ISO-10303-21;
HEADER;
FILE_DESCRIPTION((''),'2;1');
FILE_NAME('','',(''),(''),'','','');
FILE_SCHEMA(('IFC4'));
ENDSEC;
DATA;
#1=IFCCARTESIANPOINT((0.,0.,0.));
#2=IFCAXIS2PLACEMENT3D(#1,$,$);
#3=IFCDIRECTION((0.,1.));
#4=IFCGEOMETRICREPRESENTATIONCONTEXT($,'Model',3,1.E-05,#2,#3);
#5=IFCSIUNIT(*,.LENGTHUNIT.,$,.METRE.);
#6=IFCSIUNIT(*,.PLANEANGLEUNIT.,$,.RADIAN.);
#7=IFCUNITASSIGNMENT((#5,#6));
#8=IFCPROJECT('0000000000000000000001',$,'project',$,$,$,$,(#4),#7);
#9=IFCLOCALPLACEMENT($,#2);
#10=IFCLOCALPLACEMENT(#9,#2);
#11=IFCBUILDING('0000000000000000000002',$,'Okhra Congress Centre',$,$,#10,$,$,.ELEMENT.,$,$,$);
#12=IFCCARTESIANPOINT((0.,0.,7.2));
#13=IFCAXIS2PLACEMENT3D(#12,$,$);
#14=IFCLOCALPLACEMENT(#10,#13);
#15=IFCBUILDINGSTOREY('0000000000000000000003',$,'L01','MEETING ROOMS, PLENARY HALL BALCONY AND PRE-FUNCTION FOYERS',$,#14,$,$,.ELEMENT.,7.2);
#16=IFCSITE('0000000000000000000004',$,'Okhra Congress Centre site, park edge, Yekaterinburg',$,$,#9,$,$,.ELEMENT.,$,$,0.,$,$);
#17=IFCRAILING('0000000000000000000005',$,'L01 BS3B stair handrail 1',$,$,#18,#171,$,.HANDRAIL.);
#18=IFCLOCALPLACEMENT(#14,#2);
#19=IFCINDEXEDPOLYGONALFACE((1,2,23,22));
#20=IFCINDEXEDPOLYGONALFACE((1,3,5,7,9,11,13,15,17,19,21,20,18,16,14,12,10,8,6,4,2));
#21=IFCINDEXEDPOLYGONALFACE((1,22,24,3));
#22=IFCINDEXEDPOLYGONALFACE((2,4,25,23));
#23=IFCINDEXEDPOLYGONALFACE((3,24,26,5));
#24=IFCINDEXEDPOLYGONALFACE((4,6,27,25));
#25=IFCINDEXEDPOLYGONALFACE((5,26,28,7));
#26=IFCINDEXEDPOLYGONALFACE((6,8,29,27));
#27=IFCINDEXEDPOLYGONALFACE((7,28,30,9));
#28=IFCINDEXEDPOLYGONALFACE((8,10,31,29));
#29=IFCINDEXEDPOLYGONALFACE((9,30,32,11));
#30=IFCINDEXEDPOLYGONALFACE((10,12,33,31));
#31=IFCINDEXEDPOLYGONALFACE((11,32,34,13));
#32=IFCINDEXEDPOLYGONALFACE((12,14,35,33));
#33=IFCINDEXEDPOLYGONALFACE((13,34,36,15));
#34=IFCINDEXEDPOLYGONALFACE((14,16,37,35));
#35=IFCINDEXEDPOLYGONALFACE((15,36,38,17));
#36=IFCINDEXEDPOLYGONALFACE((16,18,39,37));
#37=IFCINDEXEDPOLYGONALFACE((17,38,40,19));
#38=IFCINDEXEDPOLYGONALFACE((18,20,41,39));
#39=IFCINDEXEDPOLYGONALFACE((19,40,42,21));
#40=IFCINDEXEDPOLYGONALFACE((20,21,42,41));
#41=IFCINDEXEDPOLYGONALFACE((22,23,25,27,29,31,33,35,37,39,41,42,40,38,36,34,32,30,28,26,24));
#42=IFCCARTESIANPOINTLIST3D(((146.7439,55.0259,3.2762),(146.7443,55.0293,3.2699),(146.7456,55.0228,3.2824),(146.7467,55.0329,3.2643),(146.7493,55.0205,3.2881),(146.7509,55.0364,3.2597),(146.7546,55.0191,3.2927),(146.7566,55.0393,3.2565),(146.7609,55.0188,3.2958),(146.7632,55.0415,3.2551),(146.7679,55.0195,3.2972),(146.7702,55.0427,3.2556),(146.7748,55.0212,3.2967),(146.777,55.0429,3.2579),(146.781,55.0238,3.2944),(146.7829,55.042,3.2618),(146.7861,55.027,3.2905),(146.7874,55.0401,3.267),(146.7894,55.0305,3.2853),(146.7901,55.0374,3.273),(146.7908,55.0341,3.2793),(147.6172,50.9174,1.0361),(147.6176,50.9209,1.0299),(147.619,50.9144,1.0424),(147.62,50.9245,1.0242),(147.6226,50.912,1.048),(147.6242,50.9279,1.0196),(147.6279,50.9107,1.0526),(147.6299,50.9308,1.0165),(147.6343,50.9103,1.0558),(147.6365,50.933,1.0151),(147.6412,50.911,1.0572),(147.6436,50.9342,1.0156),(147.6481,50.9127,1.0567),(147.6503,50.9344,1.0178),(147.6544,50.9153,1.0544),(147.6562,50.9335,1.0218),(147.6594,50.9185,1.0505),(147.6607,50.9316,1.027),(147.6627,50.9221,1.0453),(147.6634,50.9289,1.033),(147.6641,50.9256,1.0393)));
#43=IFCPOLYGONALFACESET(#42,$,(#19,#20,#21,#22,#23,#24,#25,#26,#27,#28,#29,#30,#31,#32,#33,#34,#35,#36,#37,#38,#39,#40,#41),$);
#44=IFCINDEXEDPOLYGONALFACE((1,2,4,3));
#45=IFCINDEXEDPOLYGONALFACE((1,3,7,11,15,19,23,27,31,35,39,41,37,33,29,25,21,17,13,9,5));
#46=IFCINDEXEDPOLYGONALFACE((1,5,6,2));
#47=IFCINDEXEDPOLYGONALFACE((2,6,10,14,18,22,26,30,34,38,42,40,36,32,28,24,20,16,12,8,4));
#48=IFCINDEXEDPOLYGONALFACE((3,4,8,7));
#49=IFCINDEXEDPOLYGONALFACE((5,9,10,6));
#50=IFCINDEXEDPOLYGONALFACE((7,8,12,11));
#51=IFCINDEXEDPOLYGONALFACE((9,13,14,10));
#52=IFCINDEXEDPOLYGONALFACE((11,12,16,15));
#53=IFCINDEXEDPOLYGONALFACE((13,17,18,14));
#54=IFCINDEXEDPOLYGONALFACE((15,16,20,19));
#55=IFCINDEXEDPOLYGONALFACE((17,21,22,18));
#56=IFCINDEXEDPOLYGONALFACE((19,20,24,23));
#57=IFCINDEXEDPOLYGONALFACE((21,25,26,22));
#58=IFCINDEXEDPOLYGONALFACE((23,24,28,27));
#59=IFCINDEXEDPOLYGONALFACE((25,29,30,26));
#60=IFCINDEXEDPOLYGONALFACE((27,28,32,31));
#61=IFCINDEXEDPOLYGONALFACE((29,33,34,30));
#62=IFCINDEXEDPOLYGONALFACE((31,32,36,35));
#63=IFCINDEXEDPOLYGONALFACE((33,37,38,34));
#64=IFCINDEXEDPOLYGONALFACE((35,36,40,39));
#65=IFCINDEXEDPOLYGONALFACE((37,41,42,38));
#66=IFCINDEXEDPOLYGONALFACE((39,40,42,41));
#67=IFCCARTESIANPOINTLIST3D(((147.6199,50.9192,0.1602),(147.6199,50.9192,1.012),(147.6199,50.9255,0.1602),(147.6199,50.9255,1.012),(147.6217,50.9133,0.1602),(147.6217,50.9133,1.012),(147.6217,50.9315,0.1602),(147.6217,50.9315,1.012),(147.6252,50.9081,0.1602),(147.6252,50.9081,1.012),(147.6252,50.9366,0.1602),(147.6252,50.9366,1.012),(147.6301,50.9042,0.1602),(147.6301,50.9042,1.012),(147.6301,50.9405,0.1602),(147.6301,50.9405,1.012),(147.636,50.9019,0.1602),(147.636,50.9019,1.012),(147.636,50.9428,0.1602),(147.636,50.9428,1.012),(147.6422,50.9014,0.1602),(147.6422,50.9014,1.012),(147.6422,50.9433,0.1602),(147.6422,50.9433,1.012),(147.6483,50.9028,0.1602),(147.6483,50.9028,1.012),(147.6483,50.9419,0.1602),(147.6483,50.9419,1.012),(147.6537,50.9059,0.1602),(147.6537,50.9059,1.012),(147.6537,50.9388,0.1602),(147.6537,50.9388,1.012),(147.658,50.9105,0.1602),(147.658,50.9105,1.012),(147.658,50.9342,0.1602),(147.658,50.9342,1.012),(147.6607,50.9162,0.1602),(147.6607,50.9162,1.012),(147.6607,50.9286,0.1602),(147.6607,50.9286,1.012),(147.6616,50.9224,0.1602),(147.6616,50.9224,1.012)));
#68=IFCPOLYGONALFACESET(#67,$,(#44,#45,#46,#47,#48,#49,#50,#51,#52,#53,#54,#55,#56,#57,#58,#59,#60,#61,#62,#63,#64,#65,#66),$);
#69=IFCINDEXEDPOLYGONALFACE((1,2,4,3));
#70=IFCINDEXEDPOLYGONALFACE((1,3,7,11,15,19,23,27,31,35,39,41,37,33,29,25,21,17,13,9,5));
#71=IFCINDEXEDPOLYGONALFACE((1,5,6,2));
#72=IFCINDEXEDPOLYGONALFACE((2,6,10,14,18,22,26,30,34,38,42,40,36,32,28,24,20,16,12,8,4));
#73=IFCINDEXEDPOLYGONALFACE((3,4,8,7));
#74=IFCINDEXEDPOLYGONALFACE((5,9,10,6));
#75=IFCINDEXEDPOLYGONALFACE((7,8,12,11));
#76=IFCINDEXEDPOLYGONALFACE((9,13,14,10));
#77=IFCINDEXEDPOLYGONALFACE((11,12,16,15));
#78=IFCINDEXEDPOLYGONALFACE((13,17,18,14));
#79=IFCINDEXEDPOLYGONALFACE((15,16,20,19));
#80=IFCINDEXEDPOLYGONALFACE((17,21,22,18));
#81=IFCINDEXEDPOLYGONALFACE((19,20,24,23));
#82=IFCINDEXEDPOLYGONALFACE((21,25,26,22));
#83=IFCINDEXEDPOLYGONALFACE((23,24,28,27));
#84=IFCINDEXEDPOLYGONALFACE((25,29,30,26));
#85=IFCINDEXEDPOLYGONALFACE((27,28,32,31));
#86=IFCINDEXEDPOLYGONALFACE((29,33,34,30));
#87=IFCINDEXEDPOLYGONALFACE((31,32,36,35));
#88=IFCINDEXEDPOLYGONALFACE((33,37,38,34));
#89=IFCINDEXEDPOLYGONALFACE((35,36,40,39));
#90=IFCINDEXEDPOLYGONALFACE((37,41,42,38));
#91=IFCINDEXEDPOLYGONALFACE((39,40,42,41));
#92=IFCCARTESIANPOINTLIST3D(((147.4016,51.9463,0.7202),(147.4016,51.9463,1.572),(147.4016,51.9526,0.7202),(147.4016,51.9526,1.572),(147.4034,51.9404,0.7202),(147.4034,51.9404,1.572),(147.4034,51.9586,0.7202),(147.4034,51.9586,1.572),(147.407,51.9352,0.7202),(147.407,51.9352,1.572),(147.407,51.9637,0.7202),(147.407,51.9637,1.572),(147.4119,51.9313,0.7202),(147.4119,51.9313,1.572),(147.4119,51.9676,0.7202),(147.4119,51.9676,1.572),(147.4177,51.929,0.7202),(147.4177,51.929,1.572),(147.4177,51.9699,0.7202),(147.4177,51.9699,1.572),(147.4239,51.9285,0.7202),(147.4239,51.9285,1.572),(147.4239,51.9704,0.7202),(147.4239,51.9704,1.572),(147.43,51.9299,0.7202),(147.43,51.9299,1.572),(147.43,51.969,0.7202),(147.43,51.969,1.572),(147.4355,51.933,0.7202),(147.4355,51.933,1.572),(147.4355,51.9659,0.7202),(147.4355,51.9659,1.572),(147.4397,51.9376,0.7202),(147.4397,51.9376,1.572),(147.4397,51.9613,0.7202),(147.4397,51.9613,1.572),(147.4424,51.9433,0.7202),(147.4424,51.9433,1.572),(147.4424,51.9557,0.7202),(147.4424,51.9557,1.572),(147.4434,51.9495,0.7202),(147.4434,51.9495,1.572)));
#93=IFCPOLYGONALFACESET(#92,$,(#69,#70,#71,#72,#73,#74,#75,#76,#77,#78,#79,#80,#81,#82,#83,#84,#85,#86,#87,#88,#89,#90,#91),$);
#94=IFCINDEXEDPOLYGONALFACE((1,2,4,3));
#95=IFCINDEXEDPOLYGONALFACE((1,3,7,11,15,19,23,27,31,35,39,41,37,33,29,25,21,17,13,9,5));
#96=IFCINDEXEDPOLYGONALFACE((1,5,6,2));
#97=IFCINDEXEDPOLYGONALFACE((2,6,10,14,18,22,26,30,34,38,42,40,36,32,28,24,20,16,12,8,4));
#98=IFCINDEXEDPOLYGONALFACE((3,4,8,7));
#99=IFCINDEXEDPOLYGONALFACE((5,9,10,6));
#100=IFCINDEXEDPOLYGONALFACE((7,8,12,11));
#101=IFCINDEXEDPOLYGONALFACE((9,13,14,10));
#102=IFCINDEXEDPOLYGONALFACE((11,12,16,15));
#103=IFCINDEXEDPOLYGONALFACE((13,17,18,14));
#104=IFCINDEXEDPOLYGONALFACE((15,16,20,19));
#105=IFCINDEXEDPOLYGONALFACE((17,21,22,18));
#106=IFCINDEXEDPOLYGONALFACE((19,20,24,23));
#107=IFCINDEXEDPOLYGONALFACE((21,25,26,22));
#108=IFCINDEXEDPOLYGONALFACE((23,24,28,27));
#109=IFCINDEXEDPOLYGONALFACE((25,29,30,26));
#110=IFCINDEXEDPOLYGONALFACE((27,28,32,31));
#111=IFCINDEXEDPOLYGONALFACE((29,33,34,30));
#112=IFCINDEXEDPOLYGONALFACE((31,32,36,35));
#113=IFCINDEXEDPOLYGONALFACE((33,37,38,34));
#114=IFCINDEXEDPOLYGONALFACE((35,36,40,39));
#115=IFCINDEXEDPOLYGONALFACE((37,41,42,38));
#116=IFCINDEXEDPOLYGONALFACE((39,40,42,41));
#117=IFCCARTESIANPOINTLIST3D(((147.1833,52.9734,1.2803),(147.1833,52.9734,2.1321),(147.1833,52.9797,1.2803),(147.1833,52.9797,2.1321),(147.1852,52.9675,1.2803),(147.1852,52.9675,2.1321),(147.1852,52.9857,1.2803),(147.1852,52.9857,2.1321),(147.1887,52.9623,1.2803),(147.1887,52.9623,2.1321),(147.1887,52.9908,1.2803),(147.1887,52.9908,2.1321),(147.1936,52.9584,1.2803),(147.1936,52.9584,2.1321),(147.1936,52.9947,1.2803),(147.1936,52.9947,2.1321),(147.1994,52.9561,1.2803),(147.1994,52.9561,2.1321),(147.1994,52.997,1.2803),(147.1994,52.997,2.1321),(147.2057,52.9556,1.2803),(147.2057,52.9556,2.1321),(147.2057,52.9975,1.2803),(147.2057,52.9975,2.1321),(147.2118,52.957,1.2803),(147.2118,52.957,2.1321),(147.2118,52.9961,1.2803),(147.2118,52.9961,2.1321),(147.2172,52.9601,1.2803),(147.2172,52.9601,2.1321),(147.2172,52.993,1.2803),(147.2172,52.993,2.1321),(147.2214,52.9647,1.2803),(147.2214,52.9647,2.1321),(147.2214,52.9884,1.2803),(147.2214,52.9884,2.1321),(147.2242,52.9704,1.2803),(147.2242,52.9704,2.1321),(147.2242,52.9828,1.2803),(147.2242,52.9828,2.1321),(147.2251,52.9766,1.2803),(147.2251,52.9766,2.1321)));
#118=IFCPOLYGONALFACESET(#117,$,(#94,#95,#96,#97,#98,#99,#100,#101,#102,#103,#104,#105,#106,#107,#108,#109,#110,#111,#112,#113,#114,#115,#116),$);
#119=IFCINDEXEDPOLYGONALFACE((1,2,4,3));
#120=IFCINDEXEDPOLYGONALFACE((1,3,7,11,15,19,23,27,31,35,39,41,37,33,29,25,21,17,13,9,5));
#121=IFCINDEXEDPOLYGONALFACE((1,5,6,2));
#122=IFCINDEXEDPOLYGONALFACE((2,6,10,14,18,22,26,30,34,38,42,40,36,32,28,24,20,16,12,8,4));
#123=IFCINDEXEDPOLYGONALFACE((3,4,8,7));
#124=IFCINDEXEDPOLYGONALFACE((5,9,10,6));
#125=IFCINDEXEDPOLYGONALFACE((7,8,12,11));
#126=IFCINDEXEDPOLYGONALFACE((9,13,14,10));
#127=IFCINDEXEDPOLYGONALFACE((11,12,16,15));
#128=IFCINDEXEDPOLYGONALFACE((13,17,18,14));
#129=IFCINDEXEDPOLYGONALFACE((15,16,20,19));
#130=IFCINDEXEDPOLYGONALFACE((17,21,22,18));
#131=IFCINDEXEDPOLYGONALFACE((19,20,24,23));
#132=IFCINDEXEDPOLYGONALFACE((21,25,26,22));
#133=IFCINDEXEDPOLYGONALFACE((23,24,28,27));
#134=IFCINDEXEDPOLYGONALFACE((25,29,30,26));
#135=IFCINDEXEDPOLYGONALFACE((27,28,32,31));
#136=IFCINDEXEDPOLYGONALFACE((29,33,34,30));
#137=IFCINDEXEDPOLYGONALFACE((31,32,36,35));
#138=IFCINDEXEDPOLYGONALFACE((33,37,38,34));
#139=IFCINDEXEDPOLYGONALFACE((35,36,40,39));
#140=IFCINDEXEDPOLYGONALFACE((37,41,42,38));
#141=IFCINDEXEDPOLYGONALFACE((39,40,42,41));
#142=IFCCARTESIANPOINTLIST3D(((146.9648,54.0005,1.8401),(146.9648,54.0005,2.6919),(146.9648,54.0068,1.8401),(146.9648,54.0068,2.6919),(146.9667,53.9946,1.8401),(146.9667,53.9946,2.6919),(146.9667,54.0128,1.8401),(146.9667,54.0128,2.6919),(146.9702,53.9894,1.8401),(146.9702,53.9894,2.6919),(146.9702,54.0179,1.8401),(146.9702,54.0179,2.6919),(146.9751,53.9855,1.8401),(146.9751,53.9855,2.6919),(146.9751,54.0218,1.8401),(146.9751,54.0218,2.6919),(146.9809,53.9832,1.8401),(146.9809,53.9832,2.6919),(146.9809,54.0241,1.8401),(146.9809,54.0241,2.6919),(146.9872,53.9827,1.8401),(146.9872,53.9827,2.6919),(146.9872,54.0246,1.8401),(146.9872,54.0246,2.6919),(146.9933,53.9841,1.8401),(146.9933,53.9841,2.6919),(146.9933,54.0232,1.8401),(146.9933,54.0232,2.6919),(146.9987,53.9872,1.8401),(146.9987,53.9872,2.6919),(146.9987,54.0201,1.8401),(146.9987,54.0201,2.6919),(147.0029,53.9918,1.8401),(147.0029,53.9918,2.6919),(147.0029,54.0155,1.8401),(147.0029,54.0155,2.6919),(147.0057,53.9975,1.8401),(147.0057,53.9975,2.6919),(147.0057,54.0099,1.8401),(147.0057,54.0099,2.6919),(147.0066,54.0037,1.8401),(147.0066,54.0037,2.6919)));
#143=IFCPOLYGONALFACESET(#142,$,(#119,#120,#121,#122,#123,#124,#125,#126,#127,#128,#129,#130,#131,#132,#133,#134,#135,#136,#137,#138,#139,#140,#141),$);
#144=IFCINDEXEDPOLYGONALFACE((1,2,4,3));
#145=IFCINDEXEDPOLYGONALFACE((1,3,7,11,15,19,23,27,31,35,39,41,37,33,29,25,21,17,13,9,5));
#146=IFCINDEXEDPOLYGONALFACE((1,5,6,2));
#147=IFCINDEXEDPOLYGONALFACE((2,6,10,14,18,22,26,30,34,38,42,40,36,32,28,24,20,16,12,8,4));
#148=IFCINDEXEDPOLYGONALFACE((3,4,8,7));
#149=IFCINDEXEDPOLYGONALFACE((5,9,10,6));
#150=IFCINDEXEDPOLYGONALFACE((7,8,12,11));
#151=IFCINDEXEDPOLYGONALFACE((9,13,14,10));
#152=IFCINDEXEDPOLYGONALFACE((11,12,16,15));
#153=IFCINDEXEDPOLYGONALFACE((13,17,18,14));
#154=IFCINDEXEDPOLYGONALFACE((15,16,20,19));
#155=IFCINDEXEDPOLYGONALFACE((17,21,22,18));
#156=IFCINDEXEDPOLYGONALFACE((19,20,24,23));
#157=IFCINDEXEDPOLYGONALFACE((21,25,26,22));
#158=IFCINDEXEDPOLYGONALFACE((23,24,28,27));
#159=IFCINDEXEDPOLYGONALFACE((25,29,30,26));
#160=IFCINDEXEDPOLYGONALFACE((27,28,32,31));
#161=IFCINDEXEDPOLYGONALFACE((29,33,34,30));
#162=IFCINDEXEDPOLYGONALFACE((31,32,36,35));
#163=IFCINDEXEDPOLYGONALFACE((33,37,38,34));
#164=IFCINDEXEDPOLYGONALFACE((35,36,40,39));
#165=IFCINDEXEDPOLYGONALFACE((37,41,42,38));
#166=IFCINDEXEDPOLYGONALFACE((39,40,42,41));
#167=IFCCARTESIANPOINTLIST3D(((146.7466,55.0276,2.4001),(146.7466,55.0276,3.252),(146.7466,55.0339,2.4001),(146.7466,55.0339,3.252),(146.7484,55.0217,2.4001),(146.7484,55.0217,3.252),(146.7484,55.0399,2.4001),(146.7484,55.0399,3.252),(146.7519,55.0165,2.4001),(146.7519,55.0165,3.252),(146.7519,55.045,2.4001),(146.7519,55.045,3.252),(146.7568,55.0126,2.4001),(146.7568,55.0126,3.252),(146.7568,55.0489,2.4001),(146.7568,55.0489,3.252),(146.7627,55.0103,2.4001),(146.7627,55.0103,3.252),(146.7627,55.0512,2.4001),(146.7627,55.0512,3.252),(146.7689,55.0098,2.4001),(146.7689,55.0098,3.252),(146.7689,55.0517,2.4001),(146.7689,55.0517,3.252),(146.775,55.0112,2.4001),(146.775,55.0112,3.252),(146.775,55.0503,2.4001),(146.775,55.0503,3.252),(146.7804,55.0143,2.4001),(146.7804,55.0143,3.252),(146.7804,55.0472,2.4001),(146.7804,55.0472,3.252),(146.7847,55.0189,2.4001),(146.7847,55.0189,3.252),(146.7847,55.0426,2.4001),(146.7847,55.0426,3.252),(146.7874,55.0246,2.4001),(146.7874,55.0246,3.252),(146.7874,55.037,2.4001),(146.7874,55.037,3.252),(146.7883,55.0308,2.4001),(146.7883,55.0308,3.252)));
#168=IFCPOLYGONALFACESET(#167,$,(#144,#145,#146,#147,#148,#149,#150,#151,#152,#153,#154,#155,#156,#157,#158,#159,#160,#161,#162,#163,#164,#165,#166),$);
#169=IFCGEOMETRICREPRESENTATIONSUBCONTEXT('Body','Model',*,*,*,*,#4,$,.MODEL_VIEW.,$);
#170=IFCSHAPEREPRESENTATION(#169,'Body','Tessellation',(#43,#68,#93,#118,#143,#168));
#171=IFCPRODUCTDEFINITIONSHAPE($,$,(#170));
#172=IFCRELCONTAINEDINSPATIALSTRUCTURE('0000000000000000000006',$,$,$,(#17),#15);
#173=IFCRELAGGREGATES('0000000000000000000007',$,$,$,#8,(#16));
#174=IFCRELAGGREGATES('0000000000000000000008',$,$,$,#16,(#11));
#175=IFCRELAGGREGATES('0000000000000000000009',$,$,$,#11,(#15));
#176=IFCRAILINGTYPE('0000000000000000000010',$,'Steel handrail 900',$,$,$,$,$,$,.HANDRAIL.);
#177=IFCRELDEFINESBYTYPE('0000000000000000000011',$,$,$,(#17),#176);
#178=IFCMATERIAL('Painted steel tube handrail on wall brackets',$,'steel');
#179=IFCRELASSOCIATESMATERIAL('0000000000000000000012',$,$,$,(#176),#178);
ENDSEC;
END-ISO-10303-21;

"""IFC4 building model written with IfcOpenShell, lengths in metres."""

from ifc_helpers import new_model, si_unit, direction, frame, origin, origin_2d, place, context, subcontext, project, spatial, circle, extrude, material, type_object, element, save


model = new_model("IFC4")

# Units and contexts
model_context = context("Model", 3, precision=1e-05, world=origin(), true_north=direction((0.0, 1.0)))
body_context = subcontext(model_context, "Body", "Model", "MODEL_VIEW")
ifc_project = project(units=[si_unit("LENGTHUNIT", "METRE"), si_unit("PLANEANGLEUNIT", "RADIAN")], contexts=[model_context])

# Site, building, storey
site_placement = place(None, origin())
site = spatial("IfcSite", under=ifc_project, at=site_placement, Name="Okhra Congress Centre site, park edge, Yekaterinburg", CompositionType="ELEMENT", RefElevation=0.0)
building_placement = place(site_placement, origin())
building = spatial("IfcBuilding", under=site, at=building_placement, Name="Okhra Congress Centre", CompositionType="ELEMENT")
storey_placement = place(building_placement, frame((0.0, 0.0, 7.2)))
storey = spatial("IfcBuildingStorey", under=building, at=storey_placement, Name="L01", Description="MEETING ROOMS, PLENARY HALL BALCONY AND PRE-FUNCTION FOYERS", CompositionType="ELEMENT", Elevation=7.2)

# Railing
ifc_material_1 = material(Name="Painted steel tube handrail on wall brackets", Category="steel")
railing_type_1 = type_object("IfcRailingType", Name="Steel handrail 900", PredefinedType="HANDRAIL", material=ifc_material_1)
railing_1_placement = place(storey_placement, frame((147.6406, 50.9224, 0.1602)))
element("IfcRailing", 1, at=railing_1_placement, inside=storey, type_object=railing_type_1, Name="L01 BS3B stair handrail 1", PredefinedType="HANDRAIL", context=body_context, shape_type="SweptSolid", body=[
    extrude(circle(Radius=0.0239, at=origin_2d()), frame((0.0, 0.0, 0.876), z_axis=(-0.183458, 0.86308, 0.47057), x_axis=(-0.978146, -0.207917, 0.0)), (0.0, 0.0, 1.0), 4.7603),
    extrude(circle(Radius=0.021, at=origin_2d()), origin(), (0.0, 0.0, 1.0), 0.8518),
    extrude(circle(Radius=0.021, at=origin_2d()), frame((-0.2183, 1.0271, 0.5601)), (0.0, 0.0, 1.0), 0.8518),
    extrude(circle(Radius=0.021, at=origin_2d()), frame((-0.4365, 2.0542, 1.1201)), (0.0, 0.0, 1.0), 0.8518),
    extrude(circle(Radius=0.021, at=origin_2d()), frame((-0.655, 3.0813, 1.6799)), (0.0, 0.0, 1.0), 0.8518),
    extrude(circle(Radius=0.021, at=origin_2d()), frame((-0.8733, 4.1084, 2.24)), (0.0, 0.0, 1.0), 0.8518),
])

save(model, "model.ifc")
